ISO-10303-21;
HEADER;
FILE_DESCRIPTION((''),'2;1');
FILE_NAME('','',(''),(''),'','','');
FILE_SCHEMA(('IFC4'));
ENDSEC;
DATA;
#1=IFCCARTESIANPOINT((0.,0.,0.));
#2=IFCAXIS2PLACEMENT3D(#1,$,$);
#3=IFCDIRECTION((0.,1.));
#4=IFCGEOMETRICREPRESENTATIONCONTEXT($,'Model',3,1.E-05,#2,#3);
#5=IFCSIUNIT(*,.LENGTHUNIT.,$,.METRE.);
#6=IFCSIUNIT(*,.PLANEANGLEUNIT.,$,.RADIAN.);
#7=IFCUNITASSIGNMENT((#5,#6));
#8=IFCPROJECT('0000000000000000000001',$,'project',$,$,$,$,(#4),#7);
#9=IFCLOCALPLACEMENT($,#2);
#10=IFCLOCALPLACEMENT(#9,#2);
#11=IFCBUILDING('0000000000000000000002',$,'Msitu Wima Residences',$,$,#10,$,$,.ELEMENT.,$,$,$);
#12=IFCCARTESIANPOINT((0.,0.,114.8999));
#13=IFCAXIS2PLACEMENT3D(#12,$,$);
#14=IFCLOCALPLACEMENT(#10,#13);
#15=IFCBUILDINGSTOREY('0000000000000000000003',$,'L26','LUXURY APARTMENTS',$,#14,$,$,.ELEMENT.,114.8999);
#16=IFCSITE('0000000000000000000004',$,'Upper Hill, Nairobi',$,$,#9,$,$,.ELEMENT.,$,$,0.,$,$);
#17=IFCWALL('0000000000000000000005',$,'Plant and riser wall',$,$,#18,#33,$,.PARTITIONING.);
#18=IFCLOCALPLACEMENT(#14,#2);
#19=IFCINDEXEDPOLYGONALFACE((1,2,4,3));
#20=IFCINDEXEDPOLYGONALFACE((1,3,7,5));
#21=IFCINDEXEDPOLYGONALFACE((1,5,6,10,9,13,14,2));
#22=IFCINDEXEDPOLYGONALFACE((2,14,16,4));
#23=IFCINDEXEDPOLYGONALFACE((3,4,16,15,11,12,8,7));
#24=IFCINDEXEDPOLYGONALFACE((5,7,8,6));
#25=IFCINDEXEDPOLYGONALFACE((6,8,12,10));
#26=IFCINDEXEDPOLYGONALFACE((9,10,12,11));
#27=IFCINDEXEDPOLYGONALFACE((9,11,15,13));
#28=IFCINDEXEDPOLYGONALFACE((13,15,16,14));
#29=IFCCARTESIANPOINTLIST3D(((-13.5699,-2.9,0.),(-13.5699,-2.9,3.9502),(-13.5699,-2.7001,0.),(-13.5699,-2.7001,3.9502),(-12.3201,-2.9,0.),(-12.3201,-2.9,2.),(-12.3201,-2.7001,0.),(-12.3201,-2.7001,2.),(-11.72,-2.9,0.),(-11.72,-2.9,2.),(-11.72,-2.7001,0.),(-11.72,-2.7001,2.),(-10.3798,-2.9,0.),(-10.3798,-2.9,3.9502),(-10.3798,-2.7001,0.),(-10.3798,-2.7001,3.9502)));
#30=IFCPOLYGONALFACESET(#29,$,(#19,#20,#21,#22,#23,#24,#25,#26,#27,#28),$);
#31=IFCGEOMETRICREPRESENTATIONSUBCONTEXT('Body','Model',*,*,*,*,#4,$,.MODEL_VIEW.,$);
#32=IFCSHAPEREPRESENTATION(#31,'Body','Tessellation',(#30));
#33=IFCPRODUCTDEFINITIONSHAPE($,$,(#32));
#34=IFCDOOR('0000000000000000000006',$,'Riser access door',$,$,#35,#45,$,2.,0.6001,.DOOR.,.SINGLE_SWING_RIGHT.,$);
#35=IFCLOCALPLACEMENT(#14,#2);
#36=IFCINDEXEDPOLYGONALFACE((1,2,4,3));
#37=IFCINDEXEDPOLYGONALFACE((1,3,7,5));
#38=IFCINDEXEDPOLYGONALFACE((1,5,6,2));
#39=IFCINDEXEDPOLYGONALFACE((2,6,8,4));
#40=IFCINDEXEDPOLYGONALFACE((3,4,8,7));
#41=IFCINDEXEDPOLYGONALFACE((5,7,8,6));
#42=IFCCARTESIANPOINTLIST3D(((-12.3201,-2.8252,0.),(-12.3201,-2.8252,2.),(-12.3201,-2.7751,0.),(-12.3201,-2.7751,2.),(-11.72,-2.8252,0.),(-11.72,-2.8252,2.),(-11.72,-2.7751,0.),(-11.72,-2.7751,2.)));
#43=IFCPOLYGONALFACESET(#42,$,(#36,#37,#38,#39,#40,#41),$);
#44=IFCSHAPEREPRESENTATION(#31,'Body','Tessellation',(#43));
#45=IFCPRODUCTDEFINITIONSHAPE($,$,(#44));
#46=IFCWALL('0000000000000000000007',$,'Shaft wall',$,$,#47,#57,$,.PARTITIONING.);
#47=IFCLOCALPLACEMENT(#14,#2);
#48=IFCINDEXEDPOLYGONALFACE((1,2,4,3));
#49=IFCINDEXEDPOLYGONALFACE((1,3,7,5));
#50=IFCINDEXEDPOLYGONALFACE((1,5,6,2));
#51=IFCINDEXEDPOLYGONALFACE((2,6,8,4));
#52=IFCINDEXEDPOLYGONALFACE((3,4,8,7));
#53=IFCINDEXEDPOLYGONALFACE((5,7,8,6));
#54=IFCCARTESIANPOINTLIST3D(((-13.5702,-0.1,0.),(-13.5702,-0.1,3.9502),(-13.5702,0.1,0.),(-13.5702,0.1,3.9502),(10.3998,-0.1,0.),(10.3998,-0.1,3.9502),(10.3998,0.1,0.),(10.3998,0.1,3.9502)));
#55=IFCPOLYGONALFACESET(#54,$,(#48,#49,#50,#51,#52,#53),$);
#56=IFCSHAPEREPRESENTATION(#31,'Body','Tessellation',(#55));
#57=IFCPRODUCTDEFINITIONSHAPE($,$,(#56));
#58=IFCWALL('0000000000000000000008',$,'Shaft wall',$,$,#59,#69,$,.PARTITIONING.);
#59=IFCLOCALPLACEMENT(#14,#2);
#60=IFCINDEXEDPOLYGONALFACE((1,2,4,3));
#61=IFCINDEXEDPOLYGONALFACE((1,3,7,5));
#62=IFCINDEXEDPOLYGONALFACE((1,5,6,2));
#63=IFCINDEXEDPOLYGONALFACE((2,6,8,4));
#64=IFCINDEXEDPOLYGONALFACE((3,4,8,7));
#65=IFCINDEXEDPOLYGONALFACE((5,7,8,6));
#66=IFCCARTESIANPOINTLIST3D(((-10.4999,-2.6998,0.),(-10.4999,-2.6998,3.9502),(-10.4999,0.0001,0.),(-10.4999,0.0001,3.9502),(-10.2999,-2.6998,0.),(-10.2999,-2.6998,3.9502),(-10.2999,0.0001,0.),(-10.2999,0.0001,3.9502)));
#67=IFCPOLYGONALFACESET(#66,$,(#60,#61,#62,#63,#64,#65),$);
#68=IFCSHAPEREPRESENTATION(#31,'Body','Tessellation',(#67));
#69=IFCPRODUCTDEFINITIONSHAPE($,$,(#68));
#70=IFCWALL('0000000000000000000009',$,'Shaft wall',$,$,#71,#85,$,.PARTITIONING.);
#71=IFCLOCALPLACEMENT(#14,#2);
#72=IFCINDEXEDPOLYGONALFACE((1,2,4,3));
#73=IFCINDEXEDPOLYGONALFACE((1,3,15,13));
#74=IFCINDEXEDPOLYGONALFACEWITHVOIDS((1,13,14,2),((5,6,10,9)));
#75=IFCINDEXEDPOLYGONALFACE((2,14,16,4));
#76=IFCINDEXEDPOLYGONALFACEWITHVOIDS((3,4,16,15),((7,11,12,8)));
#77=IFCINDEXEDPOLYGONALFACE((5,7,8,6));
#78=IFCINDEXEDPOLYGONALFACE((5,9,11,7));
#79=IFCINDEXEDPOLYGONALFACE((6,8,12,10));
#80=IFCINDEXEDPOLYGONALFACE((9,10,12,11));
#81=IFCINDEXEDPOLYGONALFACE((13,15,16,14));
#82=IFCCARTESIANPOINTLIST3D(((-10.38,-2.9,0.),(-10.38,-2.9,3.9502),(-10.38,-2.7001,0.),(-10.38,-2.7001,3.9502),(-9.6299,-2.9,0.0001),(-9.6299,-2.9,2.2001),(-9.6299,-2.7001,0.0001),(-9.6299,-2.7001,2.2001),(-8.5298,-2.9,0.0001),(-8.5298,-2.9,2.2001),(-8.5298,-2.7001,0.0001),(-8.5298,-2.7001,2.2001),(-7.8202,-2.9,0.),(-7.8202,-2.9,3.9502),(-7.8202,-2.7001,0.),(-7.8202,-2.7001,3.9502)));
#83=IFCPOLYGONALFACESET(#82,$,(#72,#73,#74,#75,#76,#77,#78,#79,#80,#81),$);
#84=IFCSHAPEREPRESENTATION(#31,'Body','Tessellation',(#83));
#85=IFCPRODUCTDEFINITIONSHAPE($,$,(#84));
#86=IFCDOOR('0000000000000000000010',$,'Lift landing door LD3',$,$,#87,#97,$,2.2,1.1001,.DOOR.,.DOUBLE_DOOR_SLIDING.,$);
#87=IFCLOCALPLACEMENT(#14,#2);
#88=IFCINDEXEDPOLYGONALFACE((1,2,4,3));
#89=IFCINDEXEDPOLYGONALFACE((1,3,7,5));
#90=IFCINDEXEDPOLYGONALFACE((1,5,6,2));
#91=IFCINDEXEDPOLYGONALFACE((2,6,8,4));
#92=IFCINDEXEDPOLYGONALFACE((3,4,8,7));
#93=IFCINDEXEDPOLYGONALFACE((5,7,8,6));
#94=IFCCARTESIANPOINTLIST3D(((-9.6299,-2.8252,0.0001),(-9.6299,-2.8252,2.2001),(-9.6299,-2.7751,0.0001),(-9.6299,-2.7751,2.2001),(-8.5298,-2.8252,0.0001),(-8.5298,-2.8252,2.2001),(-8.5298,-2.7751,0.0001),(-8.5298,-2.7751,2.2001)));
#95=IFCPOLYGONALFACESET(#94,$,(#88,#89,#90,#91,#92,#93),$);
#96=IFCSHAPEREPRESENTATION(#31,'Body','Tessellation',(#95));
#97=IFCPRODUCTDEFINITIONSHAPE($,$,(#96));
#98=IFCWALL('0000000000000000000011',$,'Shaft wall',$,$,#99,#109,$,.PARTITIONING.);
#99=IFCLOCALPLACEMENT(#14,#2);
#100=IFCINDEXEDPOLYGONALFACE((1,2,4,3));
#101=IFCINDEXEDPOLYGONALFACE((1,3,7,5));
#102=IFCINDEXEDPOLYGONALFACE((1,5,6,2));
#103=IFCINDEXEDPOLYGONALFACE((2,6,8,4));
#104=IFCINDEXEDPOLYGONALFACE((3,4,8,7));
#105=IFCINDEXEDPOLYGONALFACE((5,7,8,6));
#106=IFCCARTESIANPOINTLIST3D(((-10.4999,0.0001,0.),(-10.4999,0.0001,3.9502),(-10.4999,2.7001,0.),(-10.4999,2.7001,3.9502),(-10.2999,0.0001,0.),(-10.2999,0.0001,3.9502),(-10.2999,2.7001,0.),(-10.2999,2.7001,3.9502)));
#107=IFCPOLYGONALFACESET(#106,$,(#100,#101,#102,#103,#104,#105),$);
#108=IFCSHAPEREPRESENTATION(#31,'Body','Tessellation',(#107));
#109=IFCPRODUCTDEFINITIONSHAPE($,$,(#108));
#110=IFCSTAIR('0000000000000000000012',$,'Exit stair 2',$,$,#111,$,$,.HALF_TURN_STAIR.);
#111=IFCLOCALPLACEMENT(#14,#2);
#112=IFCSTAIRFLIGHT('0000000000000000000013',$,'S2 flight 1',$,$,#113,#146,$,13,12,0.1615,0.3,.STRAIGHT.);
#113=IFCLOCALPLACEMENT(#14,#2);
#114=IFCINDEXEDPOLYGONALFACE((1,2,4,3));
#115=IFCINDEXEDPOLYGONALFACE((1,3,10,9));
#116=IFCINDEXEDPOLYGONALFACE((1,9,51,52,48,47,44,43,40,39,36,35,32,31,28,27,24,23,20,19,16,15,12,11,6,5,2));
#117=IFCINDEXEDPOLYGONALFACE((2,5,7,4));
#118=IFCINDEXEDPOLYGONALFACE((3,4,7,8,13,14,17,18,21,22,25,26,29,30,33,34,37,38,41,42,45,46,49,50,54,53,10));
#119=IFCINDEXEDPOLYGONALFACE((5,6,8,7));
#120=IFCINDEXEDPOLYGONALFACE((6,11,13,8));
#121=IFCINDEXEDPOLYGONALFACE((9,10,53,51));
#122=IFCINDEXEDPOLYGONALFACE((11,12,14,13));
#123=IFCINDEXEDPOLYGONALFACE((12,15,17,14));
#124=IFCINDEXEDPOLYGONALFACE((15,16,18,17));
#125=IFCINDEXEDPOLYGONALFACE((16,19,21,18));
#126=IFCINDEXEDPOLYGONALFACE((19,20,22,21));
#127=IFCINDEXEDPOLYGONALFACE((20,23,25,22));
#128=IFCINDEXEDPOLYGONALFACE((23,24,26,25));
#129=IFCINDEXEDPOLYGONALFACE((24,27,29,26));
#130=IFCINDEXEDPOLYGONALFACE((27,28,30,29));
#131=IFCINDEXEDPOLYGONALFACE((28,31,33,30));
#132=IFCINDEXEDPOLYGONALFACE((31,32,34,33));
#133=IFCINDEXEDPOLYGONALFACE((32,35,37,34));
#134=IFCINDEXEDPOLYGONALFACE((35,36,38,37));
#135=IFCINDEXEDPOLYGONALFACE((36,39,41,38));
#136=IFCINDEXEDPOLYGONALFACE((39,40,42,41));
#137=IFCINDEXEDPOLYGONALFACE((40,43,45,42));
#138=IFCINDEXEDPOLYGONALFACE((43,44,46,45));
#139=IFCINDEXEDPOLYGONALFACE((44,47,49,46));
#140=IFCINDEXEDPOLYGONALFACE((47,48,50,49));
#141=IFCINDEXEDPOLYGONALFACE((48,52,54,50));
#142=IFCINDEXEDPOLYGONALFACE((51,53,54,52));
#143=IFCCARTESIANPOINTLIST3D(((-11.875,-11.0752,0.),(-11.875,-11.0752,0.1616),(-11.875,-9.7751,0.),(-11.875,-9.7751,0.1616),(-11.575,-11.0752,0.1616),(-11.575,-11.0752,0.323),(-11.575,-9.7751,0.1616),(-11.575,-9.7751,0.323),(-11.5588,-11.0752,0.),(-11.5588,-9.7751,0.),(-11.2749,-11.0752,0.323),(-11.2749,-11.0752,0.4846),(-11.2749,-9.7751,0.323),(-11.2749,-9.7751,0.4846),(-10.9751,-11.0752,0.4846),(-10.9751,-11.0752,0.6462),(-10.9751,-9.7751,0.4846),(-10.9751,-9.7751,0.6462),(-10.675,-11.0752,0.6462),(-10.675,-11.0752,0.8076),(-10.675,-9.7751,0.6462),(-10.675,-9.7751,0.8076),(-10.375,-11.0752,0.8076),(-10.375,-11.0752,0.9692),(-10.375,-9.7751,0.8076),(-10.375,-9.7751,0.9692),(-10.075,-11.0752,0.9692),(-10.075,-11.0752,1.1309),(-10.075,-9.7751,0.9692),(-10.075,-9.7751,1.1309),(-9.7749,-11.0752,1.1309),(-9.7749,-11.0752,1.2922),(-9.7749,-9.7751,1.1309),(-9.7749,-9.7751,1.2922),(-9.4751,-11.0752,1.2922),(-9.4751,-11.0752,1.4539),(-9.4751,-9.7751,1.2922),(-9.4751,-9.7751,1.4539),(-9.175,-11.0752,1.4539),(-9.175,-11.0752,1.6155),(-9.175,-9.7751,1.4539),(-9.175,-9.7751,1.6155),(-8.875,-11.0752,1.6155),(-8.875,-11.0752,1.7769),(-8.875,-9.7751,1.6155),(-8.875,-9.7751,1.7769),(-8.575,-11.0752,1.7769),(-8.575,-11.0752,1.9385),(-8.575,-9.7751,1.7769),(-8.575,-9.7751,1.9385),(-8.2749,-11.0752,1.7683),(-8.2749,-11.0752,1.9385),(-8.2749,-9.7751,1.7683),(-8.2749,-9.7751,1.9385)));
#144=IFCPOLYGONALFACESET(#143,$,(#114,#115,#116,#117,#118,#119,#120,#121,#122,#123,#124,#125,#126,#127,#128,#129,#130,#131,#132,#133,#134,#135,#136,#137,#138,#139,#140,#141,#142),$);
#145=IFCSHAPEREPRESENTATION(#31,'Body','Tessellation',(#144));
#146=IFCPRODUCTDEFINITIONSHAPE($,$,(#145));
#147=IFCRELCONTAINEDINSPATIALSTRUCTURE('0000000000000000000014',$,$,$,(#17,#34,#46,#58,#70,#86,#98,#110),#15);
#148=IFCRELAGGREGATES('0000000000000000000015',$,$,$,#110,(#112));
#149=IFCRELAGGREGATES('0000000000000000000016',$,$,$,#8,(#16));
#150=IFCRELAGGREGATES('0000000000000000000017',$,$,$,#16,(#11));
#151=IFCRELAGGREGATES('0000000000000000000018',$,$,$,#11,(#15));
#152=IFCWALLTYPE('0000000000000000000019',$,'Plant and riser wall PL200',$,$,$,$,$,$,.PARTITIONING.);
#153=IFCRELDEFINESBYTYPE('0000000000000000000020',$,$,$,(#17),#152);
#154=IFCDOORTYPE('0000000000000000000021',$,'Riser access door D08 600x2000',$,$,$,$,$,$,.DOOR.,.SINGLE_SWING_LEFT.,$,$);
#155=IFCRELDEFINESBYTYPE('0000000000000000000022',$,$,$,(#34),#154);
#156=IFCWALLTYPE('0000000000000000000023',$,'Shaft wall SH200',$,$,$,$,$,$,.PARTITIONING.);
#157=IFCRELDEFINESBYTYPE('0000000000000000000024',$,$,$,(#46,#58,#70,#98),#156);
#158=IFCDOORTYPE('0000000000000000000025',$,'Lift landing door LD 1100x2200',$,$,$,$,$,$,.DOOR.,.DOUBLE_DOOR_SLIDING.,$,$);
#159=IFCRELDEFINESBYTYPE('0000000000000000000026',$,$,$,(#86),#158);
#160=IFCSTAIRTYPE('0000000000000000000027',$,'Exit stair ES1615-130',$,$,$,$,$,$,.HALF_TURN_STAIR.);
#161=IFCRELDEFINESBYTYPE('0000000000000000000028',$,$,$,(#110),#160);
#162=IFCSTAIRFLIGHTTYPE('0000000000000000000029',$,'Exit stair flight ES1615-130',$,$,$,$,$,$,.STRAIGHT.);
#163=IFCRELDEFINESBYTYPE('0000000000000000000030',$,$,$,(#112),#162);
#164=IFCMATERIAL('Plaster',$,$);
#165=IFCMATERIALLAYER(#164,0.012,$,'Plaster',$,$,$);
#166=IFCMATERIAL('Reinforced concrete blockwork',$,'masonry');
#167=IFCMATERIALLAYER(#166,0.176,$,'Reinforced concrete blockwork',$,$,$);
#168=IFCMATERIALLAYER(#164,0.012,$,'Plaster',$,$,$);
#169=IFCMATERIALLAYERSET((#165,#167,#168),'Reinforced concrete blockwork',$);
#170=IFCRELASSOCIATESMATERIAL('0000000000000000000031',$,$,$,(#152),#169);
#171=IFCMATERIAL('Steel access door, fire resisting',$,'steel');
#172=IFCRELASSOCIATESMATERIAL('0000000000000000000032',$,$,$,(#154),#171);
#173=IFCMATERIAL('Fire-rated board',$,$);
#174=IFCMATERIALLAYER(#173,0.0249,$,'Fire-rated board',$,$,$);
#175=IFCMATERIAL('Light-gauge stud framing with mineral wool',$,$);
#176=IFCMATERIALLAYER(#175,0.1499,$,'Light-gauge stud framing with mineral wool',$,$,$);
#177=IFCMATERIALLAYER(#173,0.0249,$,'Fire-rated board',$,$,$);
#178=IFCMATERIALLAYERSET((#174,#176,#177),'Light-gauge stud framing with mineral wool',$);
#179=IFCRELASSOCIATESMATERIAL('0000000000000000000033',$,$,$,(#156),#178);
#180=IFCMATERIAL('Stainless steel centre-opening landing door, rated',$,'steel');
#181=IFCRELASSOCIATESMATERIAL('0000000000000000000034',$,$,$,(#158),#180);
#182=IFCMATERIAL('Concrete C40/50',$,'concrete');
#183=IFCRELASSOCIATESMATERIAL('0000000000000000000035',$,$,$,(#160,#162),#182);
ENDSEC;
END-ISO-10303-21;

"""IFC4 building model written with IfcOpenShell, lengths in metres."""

from ifc_helpers import new_model, si_unit, direction, frame, frame_2d, origin, place, context, subcontext, project, spatial, polyline, rectangle, outline, extrude, material, layer, layer_set, type_object, element, fill, aggregate, save


model = new_model("IFC4")

# Units and contexts
model_context = context("Model", 3, precision=1e-05, world=origin(), true_north=direction((0.0, 1.0)))
body_context = subcontext(model_context, "Body", "Model", "MODEL_VIEW")
ifc_project = project(units=[si_unit("LENGTHUNIT", "METRE"), si_unit("PLANEANGLEUNIT", "RADIAN")], contexts=[model_context])

# Site, building, storey
site_placement = place(None, origin())
site = spatial("IfcSite", under=ifc_project, at=site_placement, Name="Upper Hill, Nairobi", CompositionType="ELEMENT", RefElevation=0.0)
building_placement = place(site_placement, origin())
building = spatial("IfcBuilding", under=site, at=building_placement, Name="Msitu Wima Residences", CompositionType="ELEMENT")
storey_placement = place(building_placement, frame((0.0, 0.0, 114.8999)))
storey = spatial("IfcBuildingStorey", under=building, at=storey_placement, Name="L26", Description="LUXURY APARTMENTS", CompositionType="ELEMENT", Elevation=114.8999)

# Wall, opening, door
ifc_material_1 = material(Name="Plaster")
ifc_layer_1 = layer(ifc_material_1, 0.012, Name="Plaster")
ifc_material_2 = material(Name="Reinforced concrete blockwork", Category="masonry")
ifc_layer_2 = layer(ifc_material_2, 0.176, Name="Reinforced concrete blockwork")
ifc_layer_3 = layer(ifc_material_1, 0.012, Name="Plaster")
ifc_layer_set_1 = layer_set([ifc_layer_1, ifc_layer_2, ifc_layer_3], Name="Reinforced concrete blockwork")
wall_type_1 = type_object("IfcWallType", Name="Plant and riser wall PL200", PredefinedType="PARTITIONING", material=ifc_layer_set_1)
wall_1_placement = place(storey_placement, frame((-13.5701, -2.8, 0.0), z_axis=(0.0, 0.0, 1.0), x_axis=(1.0, 0.0, 0.0)))
wall_1 = element("IfcWall", 1, at=wall_1_placement, inside=storey, type_object=wall_type_1, Name="Plant and riser wall", PredefinedType="PARTITIONING", context=body_context, shape_type="SweptSolid", body=[
    extrude(rectangle(XDim=3.1902, YDim=0.2, at=frame_2d((1.5952, 0.0))), origin(), (0.0, 0.0, 1.0), 3.9502),
])
opening_1_placement = place(wall_1_placement, frame((1.25, 0.0, 0.0)))
opening_1 = element("IfcOpeningElement", 2, at=opening_1_placement, cuts=wall_1, PredefinedType="OPENING", context=body_context, shape_type="SweptSolid", body=[
    extrude(rectangle(XDim=0.6001, YDim=2.0, at=frame_2d((0.3, 1.0))), frame((0.0, 0.1099, 0.0), z_axis=(0.0, -1.0, 0.0), x_axis=(1.0, 0.0, 0.0)), (0.0, 0.0, 1.0), 0.22),
])
ifc_material_3 = material(Name="Steel access door, fire resisting", Category="steel")
door_type_1 = type_object("IfcDoorType", Name="Riser access door D08 600x2000", OperationType="SINGLE_SWING_LEFT", PredefinedType="DOOR", material=ifc_material_3)
door_1_placement = place(opening_1_placement, origin())
door_1 = element("IfcDoor", 3, at=door_1_placement, inside=storey, type_object=door_type_1, Name="Riser access door", OperationType="SINGLE_SWING_RIGHT", OverallHeight=2.0, OverallWidth=0.6001, PredefinedType="DOOR", context=body_context, shape_type="SweptSolid", body=[
    extrude(rectangle(XDim=0.6001, YDim=2.0, at=frame_2d((0.3, 1.0))), frame((0.0, 0.0249, 0.0), z_axis=(0.0, -1.0, 0.0), x_axis=(1.0, 0.0, 0.0)), (0.0, 0.0, 1.0), 0.05),
])
fill(opening_1, door_1)

# Walls
ifc_material_4 = material(Name="Fire-rated board")
ifc_layer_4 = layer(ifc_material_4, 0.0249, Name="Fire-rated board")
ifc_material_5 = material(Name="Light-gauge stud framing with mineral wool")
ifc_layer_5 = layer(ifc_material_5, 0.1499, Name="Light-gauge stud framing with mineral wool")
ifc_layer_6 = layer(ifc_material_4, 0.0249, Name="Fire-rated board")
ifc_layer_set_2 = layer_set([ifc_layer_4, ifc_layer_5, ifc_layer_6], Name="Light-gauge stud framing with mineral wool")
wall_type_2 = type_object("IfcWallType", Name="Shaft wall SH200", PredefinedType="PARTITIONING", material=ifc_layer_set_2)
wall_2_placement = place(storey_placement, frame((-13.5701, 0.0, 0.0), z_axis=(0.0, 0.0, 1.0), x_axis=(1.0, 0.0, 0.0)))
element("IfcWall", 4, at=wall_2_placement, inside=storey, type_object=wall_type_2, Name="Shaft wall", PredefinedType="PARTITIONING", context=body_context, shape_type="SweptSolid", body=[
    extrude(rectangle(XDim=23.97, YDim=0.2, at=frame_2d((11.9849, 0.0))), origin(), (0.0, 0.0, 1.0), 3.9502),
])
wall_3_placement = place(storey_placement, frame((-10.3999, -2.7, 0.0), z_axis=(0.0, 0.0, 1.0), x_axis=(0.0, 1.0, 0.0)))
element("IfcWall", 5, at=wall_3_placement, inside=storey, type_object=wall_type_2, Name="Shaft wall", PredefinedType="PARTITIONING", context=body_context, shape_type="SweptSolid", body=[
    extrude(rectangle(XDim=2.7, YDim=0.2, at=frame_2d((1.3501, 0.0))), origin(), (0.0, 0.0, 1.0), 3.9502),
])

# Wall, opening, door
wall_4_placement = place(storey_placement, frame((-10.3799, -2.8, 0.0), z_axis=(0.0, 0.0, 1.0), x_axis=(1.0, 0.0, 0.0)))
wall_4 = element("IfcWall", 6, at=wall_4_placement, inside=storey, type_object=wall_type_2, Name="Shaft wall", PredefinedType="PARTITIONING", context=body_context, shape_type="SweptSolid", body=[
    extrude(rectangle(XDim=2.5598, YDim=0.2, at=frame_2d((1.2798, 0.0))), origin(), (0.0, 0.0, 1.0), 3.9502),
])
opening_2_placement = place(wall_4_placement, frame((0.75, 0.0, 0.0)))
opening_2 = element("IfcOpeningElement", 7, at=opening_2_placement, cuts=wall_4, PredefinedType="OPENING", context=body_context, shape_type="SweptSolid", body=[
    extrude(rectangle(XDim=1.1001, YDim=2.2, at=frame_2d((0.55, 1.1001))), frame((0.0, 0.1099, 0.0), z_axis=(0.0, -1.0, 0.0), x_axis=(1.0, 0.0, 0.0)), (0.0, 0.0, 1.0), 0.22),
])
ifc_material_6 = material(Name="Stainless steel centre-opening landing door, rated", Category="steel")
door_type_2 = type_object("IfcDoorType", Name="Lift landing door LD 1100x2200", OperationType="DOUBLE_DOOR_SLIDING", PredefinedType="DOOR", material=ifc_material_6)
door_2_placement = place(opening_2_placement, origin())
door_2 = element("IfcDoor", 8, at=door_2_placement, inside=storey, type_object=door_type_2, Name="Lift landing door LD3", OperationType="DOUBLE_DOOR_SLIDING", OverallHeight=2.2, OverallWidth=1.1001, PredefinedType="DOOR", context=body_context, shape_type="SweptSolid", body=[
    extrude(rectangle(XDim=1.1001, YDim=2.2, at=frame_2d((0.55, 1.1001))), frame((0.0, 0.0249, 0.0), z_axis=(0.0, -1.0, 0.0), x_axis=(1.0, 0.0, 0.0)), (0.0, 0.0, 1.0), 0.05),
])
fill(opening_2, door_2)

# Wall
wall_5_placement = place(storey_placement, frame((-10.3999, 0.0, 0.0), z_axis=(0.0, 0.0, 1.0), x_axis=(0.0, 1.0, 0.0)))
element("IfcWall", 9, at=wall_5_placement, inside=storey, type_object=wall_type_2, Name="Shaft wall", PredefinedType="PARTITIONING", context=body_context, shape_type="SweptSolid", body=[
    extrude(rectangle(XDim=2.7, YDim=0.2, at=frame_2d((1.3501, 0.0))), origin(), (0.0, 0.0, 1.0), 3.9502),
])

# Stair, stair flight
ifc_material_7 = material(Name="Concrete C40/50", Category="concrete")
stair_type = type_object("IfcStairType", Name="Exit stair ES1615-130", PredefinedType="HALF_TURN_STAIR", material=ifc_material_7)
stair_placement = place(storey_placement, origin())
stair = element("IfcStair", 10, at=stair_placement, inside=storey, type_object=stair_type, Name="Exit stair 2", PredefinedType="HALF_TURN_STAIR")
stair_flight_type = type_object("IfcStairFlightType", Name="Exit stair flight ES1615-130", PredefinedType="STRAIGHT", material=ifc_material_7)
stair_flight_1_placement = place(storey_placement, frame((-11.875, -10.425, 0.0), z_axis=(0.0, 0.0, 1.0), x_axis=(1.0, 0.0, 0.0)))
stair_flight_1 = element("IfcStairFlight", 11, at=stair_flight_1_placement, type_object=stair_flight_type, Name="S2 flight 1", NumberOfRisers=13, NumberOfTreads=12, PredefinedType="STRAIGHT", RiserHeight=0.1615, TreadLength=0.3, context=body_context, shape_type="SweptSolid", body=[
    extrude(outline(polyline([(0.0, 0.0), (0.0, 0.1616), (0.3, 0.1616), (0.3, 0.323), (0.6001, 0.323), (0.6001, 0.4846), (0.8999, 0.4846), (0.8999, 0.6462), (1.2, 0.6462), (1.2, 0.8076), (1.5, 0.8076), (1.5, 0.9692), (1.8, 0.9692), (1.8, 1.1309), (2.1001, 1.1309), (2.1001, 1.2922), (2.3999, 1.2922), (2.3999, 1.4539), (2.7, 1.4539), (2.7, 1.6155), (3.0, 1.6155), (3.0, 1.7769), (3.3, 1.7769), (3.3, 1.9385), (3.6001, 1.9385), (3.6001, 2.1001), (3.6001, 1.7683), (0.3162, 0.0), (0.0, 0.0)])), frame((0.0, 0.6499, 0.0), z_axis=(0.0, -1.0, 0.0), x_axis=(1.0, 0.0, 0.0)), (0.0, 0.0, 1.0), 1.3),
])
aggregate(stair, [stair_flight_1])

save(model, "model.ifc")
